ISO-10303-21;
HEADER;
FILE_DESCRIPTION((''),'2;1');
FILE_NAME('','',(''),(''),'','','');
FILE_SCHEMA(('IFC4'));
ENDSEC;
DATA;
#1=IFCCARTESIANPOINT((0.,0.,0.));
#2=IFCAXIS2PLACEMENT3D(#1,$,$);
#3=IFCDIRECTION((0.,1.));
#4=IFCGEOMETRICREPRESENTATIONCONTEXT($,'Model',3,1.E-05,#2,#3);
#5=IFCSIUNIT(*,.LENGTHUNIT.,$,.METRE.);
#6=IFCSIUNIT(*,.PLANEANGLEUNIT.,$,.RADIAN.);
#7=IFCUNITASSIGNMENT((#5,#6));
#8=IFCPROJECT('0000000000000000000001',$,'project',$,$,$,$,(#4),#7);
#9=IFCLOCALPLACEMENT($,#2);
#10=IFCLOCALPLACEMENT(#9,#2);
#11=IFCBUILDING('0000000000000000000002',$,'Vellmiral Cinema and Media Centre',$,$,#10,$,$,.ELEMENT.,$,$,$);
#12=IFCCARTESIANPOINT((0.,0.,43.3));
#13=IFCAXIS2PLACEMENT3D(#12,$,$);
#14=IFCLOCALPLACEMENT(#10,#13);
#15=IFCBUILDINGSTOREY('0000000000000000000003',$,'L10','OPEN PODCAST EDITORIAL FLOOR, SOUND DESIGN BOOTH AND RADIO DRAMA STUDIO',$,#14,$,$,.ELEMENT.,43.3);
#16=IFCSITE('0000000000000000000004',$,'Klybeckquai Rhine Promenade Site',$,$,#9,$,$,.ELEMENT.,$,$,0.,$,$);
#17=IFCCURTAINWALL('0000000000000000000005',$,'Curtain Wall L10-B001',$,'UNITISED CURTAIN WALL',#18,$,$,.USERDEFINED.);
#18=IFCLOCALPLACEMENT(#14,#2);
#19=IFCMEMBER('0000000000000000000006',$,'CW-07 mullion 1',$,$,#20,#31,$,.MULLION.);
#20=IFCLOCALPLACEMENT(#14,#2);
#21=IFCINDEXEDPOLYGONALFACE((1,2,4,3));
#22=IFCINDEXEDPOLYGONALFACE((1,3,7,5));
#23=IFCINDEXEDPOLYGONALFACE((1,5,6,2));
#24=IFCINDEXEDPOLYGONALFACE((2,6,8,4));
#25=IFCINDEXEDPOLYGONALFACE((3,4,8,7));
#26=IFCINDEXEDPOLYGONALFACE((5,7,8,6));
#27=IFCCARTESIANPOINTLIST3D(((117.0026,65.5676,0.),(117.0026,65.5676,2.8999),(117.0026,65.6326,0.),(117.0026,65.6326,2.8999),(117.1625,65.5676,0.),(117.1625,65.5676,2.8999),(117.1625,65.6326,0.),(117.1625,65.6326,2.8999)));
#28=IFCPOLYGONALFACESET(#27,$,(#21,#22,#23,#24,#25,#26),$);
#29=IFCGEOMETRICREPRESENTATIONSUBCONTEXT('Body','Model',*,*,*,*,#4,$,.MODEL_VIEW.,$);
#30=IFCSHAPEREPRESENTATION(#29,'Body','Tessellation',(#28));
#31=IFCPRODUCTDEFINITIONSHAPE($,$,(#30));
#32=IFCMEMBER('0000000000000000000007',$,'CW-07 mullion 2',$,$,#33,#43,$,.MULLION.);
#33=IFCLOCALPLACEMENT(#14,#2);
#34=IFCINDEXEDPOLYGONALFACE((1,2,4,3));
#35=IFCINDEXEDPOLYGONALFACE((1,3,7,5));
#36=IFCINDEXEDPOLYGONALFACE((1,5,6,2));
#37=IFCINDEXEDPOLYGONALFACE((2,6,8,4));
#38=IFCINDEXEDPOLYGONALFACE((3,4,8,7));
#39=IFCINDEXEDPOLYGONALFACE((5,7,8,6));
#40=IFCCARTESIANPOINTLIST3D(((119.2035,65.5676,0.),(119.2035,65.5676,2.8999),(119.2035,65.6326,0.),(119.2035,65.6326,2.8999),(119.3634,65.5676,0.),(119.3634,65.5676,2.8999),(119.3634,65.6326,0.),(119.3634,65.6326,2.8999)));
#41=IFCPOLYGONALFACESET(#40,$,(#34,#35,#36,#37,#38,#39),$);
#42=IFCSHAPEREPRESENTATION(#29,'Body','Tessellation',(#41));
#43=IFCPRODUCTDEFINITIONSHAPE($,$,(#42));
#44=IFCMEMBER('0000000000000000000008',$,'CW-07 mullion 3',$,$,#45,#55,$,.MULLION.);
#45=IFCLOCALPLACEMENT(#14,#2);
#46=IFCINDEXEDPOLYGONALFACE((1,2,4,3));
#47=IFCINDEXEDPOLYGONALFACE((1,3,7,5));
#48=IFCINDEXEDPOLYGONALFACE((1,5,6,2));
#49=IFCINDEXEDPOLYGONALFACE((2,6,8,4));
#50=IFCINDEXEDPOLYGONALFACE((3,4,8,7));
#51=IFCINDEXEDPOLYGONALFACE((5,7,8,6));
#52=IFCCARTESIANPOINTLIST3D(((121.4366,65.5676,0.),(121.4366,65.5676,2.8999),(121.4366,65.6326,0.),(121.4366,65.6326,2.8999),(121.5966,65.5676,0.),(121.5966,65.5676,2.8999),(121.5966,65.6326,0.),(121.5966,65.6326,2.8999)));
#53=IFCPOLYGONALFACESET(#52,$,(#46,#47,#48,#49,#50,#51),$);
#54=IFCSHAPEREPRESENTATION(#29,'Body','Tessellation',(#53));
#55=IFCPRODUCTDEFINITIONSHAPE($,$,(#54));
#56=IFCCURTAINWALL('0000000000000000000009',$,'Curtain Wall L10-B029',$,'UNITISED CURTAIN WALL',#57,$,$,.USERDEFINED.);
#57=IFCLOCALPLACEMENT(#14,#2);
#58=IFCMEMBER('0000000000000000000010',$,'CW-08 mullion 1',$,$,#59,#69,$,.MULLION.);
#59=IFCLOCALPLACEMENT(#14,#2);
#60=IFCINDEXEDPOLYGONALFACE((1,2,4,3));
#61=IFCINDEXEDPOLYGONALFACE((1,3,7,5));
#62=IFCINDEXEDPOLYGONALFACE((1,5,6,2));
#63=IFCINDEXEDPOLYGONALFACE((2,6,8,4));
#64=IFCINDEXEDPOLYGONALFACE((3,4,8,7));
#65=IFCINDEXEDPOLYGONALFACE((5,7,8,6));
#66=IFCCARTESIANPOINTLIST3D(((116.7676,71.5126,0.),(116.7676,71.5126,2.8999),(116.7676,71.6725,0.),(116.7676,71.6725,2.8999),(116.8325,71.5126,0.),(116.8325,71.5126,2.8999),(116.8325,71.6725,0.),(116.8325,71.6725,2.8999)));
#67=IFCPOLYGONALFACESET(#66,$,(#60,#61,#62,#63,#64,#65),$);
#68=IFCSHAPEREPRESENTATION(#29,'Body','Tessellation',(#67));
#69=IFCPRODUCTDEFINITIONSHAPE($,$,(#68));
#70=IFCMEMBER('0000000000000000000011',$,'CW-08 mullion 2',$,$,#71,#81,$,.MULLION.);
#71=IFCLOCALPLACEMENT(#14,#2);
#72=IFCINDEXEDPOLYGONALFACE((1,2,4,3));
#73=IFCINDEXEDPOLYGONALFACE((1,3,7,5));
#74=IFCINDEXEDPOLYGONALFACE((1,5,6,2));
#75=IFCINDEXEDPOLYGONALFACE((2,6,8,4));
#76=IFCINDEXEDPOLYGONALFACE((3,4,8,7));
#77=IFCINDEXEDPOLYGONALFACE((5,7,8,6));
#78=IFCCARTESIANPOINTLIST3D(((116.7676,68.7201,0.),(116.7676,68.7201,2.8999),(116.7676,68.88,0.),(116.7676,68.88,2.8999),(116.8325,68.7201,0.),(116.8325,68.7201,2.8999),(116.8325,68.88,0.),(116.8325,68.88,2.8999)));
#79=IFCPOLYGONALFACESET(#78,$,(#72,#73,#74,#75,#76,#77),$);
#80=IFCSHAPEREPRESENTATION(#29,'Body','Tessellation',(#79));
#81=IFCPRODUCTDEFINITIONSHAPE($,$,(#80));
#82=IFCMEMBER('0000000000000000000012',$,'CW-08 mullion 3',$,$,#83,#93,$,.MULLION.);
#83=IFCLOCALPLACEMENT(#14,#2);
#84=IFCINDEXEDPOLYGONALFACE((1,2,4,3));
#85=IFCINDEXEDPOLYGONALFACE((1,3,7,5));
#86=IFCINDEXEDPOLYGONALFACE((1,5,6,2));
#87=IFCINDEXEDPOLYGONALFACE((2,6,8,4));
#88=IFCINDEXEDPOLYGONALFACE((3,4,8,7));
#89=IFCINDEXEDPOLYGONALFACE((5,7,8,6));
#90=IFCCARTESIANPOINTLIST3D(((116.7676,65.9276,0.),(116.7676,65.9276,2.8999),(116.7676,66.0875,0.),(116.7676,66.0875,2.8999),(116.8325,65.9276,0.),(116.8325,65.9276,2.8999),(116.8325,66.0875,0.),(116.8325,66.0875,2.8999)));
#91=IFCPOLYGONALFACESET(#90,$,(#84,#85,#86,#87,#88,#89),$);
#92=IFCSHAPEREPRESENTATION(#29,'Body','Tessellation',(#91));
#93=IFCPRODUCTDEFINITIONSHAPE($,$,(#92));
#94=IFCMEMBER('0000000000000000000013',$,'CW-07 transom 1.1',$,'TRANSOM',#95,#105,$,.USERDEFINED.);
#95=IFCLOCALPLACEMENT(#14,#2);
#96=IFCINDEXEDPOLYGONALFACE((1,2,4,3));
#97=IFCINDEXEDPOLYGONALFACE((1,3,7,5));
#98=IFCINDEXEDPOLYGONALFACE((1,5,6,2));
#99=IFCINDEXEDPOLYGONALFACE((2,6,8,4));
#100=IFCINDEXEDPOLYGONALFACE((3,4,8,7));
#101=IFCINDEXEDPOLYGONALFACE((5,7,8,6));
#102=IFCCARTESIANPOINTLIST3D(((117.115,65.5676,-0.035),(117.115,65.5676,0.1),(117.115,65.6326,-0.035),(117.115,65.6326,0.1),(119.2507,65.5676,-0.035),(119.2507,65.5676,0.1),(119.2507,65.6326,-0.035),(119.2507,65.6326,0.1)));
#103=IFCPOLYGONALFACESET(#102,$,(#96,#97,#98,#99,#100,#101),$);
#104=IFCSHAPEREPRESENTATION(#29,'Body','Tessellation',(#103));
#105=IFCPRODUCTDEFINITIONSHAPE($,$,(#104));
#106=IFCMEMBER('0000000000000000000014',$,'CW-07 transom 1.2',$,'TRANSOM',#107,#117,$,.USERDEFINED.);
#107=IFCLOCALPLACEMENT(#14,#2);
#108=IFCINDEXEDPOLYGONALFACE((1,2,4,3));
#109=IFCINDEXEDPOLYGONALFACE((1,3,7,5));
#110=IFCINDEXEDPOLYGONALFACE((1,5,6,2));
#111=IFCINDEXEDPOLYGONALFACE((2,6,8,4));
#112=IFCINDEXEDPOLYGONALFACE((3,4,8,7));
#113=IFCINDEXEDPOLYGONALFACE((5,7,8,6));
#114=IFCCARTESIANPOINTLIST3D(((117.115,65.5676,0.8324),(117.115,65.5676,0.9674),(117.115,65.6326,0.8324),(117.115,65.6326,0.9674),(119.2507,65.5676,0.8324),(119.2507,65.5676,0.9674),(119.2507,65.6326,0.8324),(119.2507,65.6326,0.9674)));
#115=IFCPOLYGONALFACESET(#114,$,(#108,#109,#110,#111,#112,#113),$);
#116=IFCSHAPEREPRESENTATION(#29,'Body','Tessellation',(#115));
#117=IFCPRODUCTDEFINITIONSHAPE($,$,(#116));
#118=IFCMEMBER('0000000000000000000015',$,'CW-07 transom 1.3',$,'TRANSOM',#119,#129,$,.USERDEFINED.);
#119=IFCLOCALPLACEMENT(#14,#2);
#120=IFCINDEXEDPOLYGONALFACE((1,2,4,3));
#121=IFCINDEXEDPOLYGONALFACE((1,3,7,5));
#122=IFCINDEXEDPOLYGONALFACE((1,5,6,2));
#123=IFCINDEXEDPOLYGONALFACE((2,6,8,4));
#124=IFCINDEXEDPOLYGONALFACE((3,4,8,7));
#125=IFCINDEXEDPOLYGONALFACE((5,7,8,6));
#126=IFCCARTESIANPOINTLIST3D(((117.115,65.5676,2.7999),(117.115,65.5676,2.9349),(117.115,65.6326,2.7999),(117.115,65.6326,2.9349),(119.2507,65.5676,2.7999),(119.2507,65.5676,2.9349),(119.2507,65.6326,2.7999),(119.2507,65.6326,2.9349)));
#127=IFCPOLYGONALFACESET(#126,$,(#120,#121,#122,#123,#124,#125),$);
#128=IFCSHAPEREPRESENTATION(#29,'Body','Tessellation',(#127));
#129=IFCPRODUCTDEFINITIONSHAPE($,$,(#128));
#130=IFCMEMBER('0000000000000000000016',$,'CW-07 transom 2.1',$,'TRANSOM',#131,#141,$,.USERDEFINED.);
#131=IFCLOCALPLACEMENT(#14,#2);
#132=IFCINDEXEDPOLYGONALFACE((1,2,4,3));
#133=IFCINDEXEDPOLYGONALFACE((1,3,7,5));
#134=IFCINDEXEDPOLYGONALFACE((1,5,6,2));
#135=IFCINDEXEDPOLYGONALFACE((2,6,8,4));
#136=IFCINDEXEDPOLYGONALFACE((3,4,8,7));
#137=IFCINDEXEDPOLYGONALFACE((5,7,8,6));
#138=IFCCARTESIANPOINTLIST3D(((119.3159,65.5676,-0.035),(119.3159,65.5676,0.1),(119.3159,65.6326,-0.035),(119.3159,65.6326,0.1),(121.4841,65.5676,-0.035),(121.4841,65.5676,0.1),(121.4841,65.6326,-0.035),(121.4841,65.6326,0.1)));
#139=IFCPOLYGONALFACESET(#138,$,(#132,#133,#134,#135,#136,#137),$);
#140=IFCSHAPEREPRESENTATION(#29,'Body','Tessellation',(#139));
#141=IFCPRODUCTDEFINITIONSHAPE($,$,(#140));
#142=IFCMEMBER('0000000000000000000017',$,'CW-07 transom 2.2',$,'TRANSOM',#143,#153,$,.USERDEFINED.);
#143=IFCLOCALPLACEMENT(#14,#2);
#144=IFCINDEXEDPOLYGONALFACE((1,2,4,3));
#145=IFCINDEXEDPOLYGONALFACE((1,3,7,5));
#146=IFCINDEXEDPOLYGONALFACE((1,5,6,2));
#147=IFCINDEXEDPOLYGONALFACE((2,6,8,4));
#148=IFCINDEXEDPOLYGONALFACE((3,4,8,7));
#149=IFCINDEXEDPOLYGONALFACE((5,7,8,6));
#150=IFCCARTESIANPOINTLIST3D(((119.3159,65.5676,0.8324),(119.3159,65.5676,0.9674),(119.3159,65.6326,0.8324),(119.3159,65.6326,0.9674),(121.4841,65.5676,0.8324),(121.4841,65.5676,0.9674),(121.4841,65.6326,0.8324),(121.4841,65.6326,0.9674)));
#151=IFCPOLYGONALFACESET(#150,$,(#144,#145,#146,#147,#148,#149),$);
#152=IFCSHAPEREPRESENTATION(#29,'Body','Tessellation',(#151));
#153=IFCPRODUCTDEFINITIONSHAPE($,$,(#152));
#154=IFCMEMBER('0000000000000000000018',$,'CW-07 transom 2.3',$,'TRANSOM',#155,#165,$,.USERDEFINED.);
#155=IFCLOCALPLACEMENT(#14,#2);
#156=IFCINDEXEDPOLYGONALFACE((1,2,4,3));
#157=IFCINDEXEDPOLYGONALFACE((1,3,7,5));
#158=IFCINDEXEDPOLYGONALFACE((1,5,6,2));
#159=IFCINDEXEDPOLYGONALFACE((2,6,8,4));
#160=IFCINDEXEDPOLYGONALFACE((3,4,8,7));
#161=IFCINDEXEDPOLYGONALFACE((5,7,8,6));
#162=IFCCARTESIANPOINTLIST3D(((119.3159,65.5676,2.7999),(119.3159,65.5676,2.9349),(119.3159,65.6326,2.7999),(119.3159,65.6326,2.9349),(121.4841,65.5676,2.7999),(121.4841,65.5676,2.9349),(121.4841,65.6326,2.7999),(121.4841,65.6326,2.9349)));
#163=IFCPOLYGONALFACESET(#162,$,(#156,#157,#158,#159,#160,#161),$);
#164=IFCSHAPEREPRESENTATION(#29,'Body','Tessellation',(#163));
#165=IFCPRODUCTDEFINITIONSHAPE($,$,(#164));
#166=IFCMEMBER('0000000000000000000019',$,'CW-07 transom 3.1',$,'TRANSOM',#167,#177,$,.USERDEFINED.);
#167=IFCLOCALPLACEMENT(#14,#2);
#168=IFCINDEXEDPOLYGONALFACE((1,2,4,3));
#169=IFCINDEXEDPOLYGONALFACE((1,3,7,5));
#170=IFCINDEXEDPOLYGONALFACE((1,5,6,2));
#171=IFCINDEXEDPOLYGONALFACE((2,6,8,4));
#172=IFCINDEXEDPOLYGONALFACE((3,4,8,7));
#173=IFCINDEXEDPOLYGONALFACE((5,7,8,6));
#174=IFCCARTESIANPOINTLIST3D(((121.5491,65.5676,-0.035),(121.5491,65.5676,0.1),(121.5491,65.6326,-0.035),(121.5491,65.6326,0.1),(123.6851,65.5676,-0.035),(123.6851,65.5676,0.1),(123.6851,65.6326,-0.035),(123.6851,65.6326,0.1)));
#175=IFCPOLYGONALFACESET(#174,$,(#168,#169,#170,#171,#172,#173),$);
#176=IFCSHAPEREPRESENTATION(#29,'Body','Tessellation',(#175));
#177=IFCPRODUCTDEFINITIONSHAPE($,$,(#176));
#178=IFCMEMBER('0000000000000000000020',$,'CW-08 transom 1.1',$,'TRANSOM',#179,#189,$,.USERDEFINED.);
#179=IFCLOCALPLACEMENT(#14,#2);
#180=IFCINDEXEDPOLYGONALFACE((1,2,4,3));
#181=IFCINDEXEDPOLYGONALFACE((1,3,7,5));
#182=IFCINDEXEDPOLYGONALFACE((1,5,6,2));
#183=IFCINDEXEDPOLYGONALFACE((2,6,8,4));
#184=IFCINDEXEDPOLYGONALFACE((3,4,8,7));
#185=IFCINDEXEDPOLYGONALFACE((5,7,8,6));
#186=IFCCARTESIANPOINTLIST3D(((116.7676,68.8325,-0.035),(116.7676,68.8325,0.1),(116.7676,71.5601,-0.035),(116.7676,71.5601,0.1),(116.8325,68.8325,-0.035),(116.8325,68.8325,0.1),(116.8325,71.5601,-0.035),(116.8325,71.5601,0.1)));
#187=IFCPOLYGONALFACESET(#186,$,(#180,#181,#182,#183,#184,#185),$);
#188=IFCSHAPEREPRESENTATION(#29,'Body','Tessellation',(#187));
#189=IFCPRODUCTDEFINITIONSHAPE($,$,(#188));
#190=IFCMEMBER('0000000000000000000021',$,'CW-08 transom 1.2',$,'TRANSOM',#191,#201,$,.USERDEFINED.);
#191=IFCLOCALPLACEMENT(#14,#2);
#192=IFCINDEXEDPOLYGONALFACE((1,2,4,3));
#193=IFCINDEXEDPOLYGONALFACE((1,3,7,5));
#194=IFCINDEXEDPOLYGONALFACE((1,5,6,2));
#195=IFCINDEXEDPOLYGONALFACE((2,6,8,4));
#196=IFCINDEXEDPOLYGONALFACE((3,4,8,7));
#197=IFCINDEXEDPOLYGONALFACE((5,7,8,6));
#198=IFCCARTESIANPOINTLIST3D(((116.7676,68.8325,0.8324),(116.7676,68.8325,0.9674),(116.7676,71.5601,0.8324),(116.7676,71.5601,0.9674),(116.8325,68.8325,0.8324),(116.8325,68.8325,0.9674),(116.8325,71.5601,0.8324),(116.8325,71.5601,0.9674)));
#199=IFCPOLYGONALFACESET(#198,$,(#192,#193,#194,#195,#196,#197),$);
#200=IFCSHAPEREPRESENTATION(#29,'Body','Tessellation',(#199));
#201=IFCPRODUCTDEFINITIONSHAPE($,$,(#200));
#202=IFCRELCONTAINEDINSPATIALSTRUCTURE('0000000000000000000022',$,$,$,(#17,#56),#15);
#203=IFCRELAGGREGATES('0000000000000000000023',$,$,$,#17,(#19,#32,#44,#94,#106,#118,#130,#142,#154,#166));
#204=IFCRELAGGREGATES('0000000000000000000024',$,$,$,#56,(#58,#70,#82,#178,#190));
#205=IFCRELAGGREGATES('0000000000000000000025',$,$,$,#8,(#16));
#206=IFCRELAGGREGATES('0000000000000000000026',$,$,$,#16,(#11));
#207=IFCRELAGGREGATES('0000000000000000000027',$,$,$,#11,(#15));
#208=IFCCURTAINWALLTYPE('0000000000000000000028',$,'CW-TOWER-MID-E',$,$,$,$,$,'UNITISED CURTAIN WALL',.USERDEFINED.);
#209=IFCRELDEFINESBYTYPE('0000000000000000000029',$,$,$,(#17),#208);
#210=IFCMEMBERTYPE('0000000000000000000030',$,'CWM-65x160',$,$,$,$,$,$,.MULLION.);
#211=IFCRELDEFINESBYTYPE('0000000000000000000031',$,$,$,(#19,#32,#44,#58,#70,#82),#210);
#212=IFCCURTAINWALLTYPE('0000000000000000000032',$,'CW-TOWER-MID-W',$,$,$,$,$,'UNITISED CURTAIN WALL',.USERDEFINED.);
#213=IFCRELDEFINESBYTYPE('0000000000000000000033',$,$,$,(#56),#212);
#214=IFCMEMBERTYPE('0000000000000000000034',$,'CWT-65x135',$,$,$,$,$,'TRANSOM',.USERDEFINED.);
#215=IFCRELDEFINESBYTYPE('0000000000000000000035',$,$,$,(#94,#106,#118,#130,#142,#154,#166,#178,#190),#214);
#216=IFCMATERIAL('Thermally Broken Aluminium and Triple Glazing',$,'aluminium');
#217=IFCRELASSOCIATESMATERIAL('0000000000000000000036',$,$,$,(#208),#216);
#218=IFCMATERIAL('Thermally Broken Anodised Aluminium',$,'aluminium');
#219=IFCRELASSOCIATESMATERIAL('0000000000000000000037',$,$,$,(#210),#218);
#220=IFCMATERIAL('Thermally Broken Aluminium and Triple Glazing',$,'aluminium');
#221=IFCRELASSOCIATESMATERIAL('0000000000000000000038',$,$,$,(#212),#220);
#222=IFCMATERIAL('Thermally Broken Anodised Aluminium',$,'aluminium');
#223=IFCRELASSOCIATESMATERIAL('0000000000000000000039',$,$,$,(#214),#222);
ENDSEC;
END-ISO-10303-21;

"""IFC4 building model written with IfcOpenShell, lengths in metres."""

from ifc_helpers import new_model, si_unit, direction, frame, origin, origin_2d, place, context, subcontext, project, spatial, rectangle, extrude, material, material_profile, profile_set, type_object, element, aggregate, save


model = new_model("IFC4")

# Units and contexts
model_context = context("Model", 3, precision=1e-05, world=origin(), true_north=direction((0.0, 1.0)))
body_context = subcontext(model_context, "Body", "Model", "MODEL_VIEW")
ifc_project = project(units=[si_unit("LENGTHUNIT", "METRE"), si_unit("PLANEANGLEUNIT", "RADIAN")], contexts=[model_context])

# Site, building, storey
site_placement = place(None, origin())
site = spatial("IfcSite", under=ifc_project, at=site_placement, Name="Klybeckquai Rhine Promenade Site", CompositionType="ELEMENT", RefElevation=0.0)
building_placement = place(site_placement, origin())
building = spatial("IfcBuilding", under=site, at=building_placement, Name="Vellmiral Cinema and Media Centre", CompositionType="ELEMENT")
storey_placement = place(building_placement, frame((0.0, 0.0, 43.3)))
storey = spatial("IfcBuildingStorey", under=building, at=storey_placement, Name="L10", Description="OPEN PODCAST EDITORIAL FLOOR, SOUND DESIGN BOOTH AND RADIO DRAMA STUDIO", CompositionType="ELEMENT", Elevation=43.3)

# Curtain walls, members
ifc_material_1 = material(Name="Thermally Broken Aluminium and Triple Glazing", Category="aluminium")
curtain_wall_type_1 = type_object("IfcCurtainWallType", Name="CW-TOWER-MID-E", ElementType="UNITISED CURTAIN WALL", PredefinedType="USERDEFINED", material=ifc_material_1)
curtain_wall_1_placement = place(storey_placement, origin())
curtain_wall_1 = element("IfcCurtainWall", 1, at=curtain_wall_1_placement, inside=storey, type_object=curtain_wall_type_1, Name="Curtain Wall L10-B001", ObjectType="UNITISED CURTAIN WALL", PredefinedType="USERDEFINED")
ifc_material_2 = material(Name="Thermally Broken Anodised Aluminium", Category="aluminium")
ifc_material_profile_1 = material_profile(ifc_material_2, rectangle(XDim=0.0649, YDim=0.1599, at=origin_2d()), Name="MULL 65x160")
ifc_profile_set_1 = profile_set([ifc_material_profile_1], Name="Thermally Broken Anodised Aluminium")
member_type_1 = type_object("IfcMemberType", Name="CWM-65x160", PredefinedType="MULLION", material=ifc_profile_set_1)
member_1_placement = place(storey_placement, frame((117.0825, 65.6001, 0.0), z_axis=(0.0, 0.0, 1.0), x_axis=(0.0, 1.0, 0.0)))
member_1 = element("IfcMember", 2, at=member_1_placement, type_object=member_type_1, Name="CW-07 mullion 1", PredefinedType="MULLION", context=body_context, shape_type="SweptSolid", body=[
    extrude(rectangle(XDim=0.0649, YDim=0.1599, at=origin_2d()), origin(), (0.0, 0.0, 1.0), 2.8999),
])
member_2_placement = place(storey_placement, frame((119.2834, 65.6001, 0.0), z_axis=(0.0, 0.0, 1.0), x_axis=(0.0, 1.0, 0.0)))
member_2 = element("IfcMember", 3, at=member_2_placement, type_object=member_type_1, Name="CW-07 mullion 2", PredefinedType="MULLION", context=body_context, shape_type="SweptSolid", body=[
    extrude(rectangle(XDim=0.0649, YDim=0.1599, at=origin_2d()), origin(), (0.0, 0.0, 1.0), 2.8999),
])
member_3_placement = place(storey_placement, frame((121.5166, 65.6001, 0.0), z_axis=(0.0, 0.0, 1.0), x_axis=(0.0, 1.0, 0.0)))
member_3 = element("IfcMember", 4, at=member_3_placement, type_object=member_type_1, Name="CW-07 mullion 3", PredefinedType="MULLION", context=body_context, shape_type="SweptSolid", body=[
    extrude(rectangle(XDim=0.0649, YDim=0.1599, at=origin_2d()), origin(), (0.0, 0.0, 1.0), 2.8999),
])
ifc_material_3 = material(Name="Thermally Broken Aluminium and Triple Glazing", Category="aluminium")
curtain_wall_type_2 = type_object("IfcCurtainWallType", Name="CW-TOWER-MID-W", ElementType="UNITISED CURTAIN WALL", PredefinedType="USERDEFINED", material=ifc_material_3)
curtain_wall_2_placement = place(storey_placement, origin())
curtain_wall_2 = element("IfcCurtainWall", 5, at=curtain_wall_2_placement, inside=storey, type_object=curtain_wall_type_2, Name="Curtain Wall L10-B029", ObjectType="UNITISED CURTAIN WALL", PredefinedType="USERDEFINED")
member_4_placement = place(storey_placement, frame((116.8, 71.5925, 0.0), z_axis=(0.0, 0.0, 1.0), x_axis=(1.0, 0.0, 0.0)))
member_4 = element("IfcMember", 6, at=member_4_placement, type_object=member_type_1, Name="CW-08 mullion 1", PredefinedType="MULLION", context=body_context, shape_type="SweptSolid", body=[
    extrude(rectangle(XDim=0.0649, YDim=0.1599, at=origin_2d()), origin(), (0.0, 0.0, 1.0), 2.8999),
])
member_5_placement = place(storey_placement, frame((116.8, 68.8, 0.0), z_axis=(0.0, 0.0, 1.0), x_axis=(1.0, 0.0, 0.0)))
member_5 = element("IfcMember", 7, at=member_5_placement, type_object=member_type_1, Name="CW-08 mullion 2", PredefinedType="MULLION", context=body_context, shape_type="SweptSolid", body=[
    extrude(rectangle(XDim=0.0649, YDim=0.1599, at=origin_2d()), origin(), (0.0, 0.0, 1.0), 2.8999),
])
member_6_placement = place(storey_placement, frame((116.8, 66.0076, 0.0), z_axis=(0.0, 0.0, 1.0), x_axis=(1.0, 0.0, 0.0)))
member_6 = element("IfcMember", 8, at=member_6_placement, type_object=member_type_1, Name="CW-08 mullion 3", PredefinedType="MULLION", context=body_context, shape_type="SweptSolid", body=[
    extrude(rectangle(XDim=0.0649, YDim=0.1599, at=origin_2d()), origin(), (0.0, 0.0, 1.0), 2.8999),
])

# Members
ifc_material_4 = material(Name="Thermally Broken Anodised Aluminium", Category="aluminium")
ifc_material_profile_2 = material_profile(ifc_material_4, rectangle(XDim=0.0649, YDim=0.135, at=origin_2d()), Name="MULL 65x135")
ifc_profile_set_2 = profile_set([ifc_material_profile_2], Name="Thermally Broken Anodised Aluminium")
member_type_2 = type_object("IfcMemberType", Name="CWT-65x135", ElementType="TRANSOM", PredefinedType="USERDEFINED", material=ifc_profile_set_2)
member_7_placement = place(storey_placement, frame((117.115, 65.6001, 0.0325), z_axis=(1.0, 0.0, 0.0), x_axis=(0.0, 1.0, 0.0)))
member_7 = element("IfcMember", 9, at=member_7_placement, type_object=member_type_2, Name="CW-07 transom 1.1", ObjectType="TRANSOM", PredefinedType="USERDEFINED", context=body_context, shape_type="SweptSolid", body=[
    extrude(rectangle(XDim=0.0649, YDim=0.135, at=origin_2d()), origin(), (0.0, 0.0, 1.0), 2.1357),
])
member_8_placement = place(storey_placement, frame((117.115, 65.6001, 0.8999), z_axis=(1.0, 0.0, 0.0), x_axis=(0.0, 1.0, 0.0)))
member_8 = element("IfcMember", 10, at=member_8_placement, type_object=member_type_2, Name="CW-07 transom 1.2", ObjectType="TRANSOM", PredefinedType="USERDEFINED", context=body_context, shape_type="SweptSolid", body=[
    extrude(rectangle(XDim=0.0649, YDim=0.135, at=origin_2d()), origin(), (0.0, 0.0, 1.0), 2.1357),
])
member_9_placement = place(storey_placement, frame((117.115, 65.6001, 2.8674), z_axis=(1.0, 0.0, 0.0), x_axis=(0.0, 1.0, 0.0)))
member_9 = element("IfcMember", 11, at=member_9_placement, type_object=member_type_2, Name="CW-07 transom 1.3", ObjectType="TRANSOM", PredefinedType="USERDEFINED", context=body_context, shape_type="SweptSolid", body=[
    extrude(rectangle(XDim=0.0649, YDim=0.135, at=origin_2d()), origin(), (0.0, 0.0, 1.0), 2.1357),
])
member_10_placement = place(storey_placement, frame((119.3159, 65.6001, 0.0325), z_axis=(1.0, 0.0, 0.0), x_axis=(0.0, 1.0, 0.0)))
member_10 = element("IfcMember", 12, at=member_10_placement, type_object=member_type_2, Name="CW-07 transom 2.1", ObjectType="TRANSOM", PredefinedType="USERDEFINED", context=body_context, shape_type="SweptSolid", body=[
    extrude(rectangle(XDim=0.0649, YDim=0.135, at=origin_2d()), origin(), (0.0, 0.0, 1.0), 2.1682),
])
member_11_placement = place(storey_placement, frame((119.3159, 65.6001, 0.8999), z_axis=(1.0, 0.0, 0.0), x_axis=(0.0, 1.0, 0.0)))
member_11 = element("IfcMember", 13, at=member_11_placement, type_object=member_type_2, Name="CW-07 transom 2.2", ObjectType="TRANSOM", PredefinedType="USERDEFINED", context=body_context, shape_type="SweptSolid", body=[
    extrude(rectangle(XDim=0.0649, YDim=0.135, at=origin_2d()), origin(), (0.0, 0.0, 1.0), 2.1682),
])
member_12_placement = place(storey_placement, frame((119.3159, 65.6001, 2.8674), z_axis=(1.0, 0.0, 0.0), x_axis=(0.0, 1.0, 0.0)))
member_12 = element("IfcMember", 14, at=member_12_placement, type_object=member_type_2, Name="CW-07 transom 2.3", ObjectType="TRANSOM", PredefinedType="USERDEFINED", context=body_context, shape_type="SweptSolid", body=[
    extrude(rectangle(XDim=0.0649, YDim=0.135, at=origin_2d()), origin(), (0.0, 0.0, 1.0), 2.1682),
])
member_13_placement = place(storey_placement, frame((121.5491, 65.6001, 0.0325), z_axis=(1.0, 0.0, 0.0), x_axis=(0.0, 1.0, 0.0)))
member_13 = element("IfcMember", 15, at=member_13_placement, type_object=member_type_2, Name="CW-07 transom 3.1", ObjectType="TRANSOM", PredefinedType="USERDEFINED", context=body_context, shape_type="SweptSolid", body=[
    extrude(rectangle(XDim=0.0649, YDim=0.135, at=origin_2d()), origin(), (0.0, 0.0, 1.0), 2.136),
])
member_14_placement = place(storey_placement, frame((116.8, 71.5601, 0.0325), z_axis=(0.0, -1.0, 0.0), x_axis=(1.0, 0.0, 0.0)))
member_14 = element("IfcMember", 16, at=member_14_placement, type_object=member_type_2, Name="CW-08 transom 1.1", ObjectType="TRANSOM", PredefinedType="USERDEFINED", context=body_context, shape_type="SweptSolid", body=[
    extrude(rectangle(XDim=0.0649, YDim=0.135, at=origin_2d()), origin(), (0.0, 0.0, 1.0), 2.7275),
])
member_15_placement = place(storey_placement, frame((116.8, 71.5601, 0.8999), z_axis=(0.0, -1.0, 0.0), x_axis=(1.0, 0.0, 0.0)))
member_15 = element("IfcMember", 17, at=member_15_placement, type_object=member_type_2, Name="CW-08 transom 1.2", ObjectType="TRANSOM", PredefinedType="USERDEFINED", context=body_context, shape_type="SweptSolid", body=[
    extrude(rectangle(XDim=0.0649, YDim=0.135, at=origin_2d()), origin(), (0.0, 0.0, 1.0), 2.7275),
])

aggregate(curtain_wall_1, [member_1, member_2, member_3, member_7, member_8, member_9, member_10, member_11, member_12, member_13])
aggregate(curtain_wall_2, [member_4, member_5, member_6, member_14, member_15])

save(model, "model.ifc")
